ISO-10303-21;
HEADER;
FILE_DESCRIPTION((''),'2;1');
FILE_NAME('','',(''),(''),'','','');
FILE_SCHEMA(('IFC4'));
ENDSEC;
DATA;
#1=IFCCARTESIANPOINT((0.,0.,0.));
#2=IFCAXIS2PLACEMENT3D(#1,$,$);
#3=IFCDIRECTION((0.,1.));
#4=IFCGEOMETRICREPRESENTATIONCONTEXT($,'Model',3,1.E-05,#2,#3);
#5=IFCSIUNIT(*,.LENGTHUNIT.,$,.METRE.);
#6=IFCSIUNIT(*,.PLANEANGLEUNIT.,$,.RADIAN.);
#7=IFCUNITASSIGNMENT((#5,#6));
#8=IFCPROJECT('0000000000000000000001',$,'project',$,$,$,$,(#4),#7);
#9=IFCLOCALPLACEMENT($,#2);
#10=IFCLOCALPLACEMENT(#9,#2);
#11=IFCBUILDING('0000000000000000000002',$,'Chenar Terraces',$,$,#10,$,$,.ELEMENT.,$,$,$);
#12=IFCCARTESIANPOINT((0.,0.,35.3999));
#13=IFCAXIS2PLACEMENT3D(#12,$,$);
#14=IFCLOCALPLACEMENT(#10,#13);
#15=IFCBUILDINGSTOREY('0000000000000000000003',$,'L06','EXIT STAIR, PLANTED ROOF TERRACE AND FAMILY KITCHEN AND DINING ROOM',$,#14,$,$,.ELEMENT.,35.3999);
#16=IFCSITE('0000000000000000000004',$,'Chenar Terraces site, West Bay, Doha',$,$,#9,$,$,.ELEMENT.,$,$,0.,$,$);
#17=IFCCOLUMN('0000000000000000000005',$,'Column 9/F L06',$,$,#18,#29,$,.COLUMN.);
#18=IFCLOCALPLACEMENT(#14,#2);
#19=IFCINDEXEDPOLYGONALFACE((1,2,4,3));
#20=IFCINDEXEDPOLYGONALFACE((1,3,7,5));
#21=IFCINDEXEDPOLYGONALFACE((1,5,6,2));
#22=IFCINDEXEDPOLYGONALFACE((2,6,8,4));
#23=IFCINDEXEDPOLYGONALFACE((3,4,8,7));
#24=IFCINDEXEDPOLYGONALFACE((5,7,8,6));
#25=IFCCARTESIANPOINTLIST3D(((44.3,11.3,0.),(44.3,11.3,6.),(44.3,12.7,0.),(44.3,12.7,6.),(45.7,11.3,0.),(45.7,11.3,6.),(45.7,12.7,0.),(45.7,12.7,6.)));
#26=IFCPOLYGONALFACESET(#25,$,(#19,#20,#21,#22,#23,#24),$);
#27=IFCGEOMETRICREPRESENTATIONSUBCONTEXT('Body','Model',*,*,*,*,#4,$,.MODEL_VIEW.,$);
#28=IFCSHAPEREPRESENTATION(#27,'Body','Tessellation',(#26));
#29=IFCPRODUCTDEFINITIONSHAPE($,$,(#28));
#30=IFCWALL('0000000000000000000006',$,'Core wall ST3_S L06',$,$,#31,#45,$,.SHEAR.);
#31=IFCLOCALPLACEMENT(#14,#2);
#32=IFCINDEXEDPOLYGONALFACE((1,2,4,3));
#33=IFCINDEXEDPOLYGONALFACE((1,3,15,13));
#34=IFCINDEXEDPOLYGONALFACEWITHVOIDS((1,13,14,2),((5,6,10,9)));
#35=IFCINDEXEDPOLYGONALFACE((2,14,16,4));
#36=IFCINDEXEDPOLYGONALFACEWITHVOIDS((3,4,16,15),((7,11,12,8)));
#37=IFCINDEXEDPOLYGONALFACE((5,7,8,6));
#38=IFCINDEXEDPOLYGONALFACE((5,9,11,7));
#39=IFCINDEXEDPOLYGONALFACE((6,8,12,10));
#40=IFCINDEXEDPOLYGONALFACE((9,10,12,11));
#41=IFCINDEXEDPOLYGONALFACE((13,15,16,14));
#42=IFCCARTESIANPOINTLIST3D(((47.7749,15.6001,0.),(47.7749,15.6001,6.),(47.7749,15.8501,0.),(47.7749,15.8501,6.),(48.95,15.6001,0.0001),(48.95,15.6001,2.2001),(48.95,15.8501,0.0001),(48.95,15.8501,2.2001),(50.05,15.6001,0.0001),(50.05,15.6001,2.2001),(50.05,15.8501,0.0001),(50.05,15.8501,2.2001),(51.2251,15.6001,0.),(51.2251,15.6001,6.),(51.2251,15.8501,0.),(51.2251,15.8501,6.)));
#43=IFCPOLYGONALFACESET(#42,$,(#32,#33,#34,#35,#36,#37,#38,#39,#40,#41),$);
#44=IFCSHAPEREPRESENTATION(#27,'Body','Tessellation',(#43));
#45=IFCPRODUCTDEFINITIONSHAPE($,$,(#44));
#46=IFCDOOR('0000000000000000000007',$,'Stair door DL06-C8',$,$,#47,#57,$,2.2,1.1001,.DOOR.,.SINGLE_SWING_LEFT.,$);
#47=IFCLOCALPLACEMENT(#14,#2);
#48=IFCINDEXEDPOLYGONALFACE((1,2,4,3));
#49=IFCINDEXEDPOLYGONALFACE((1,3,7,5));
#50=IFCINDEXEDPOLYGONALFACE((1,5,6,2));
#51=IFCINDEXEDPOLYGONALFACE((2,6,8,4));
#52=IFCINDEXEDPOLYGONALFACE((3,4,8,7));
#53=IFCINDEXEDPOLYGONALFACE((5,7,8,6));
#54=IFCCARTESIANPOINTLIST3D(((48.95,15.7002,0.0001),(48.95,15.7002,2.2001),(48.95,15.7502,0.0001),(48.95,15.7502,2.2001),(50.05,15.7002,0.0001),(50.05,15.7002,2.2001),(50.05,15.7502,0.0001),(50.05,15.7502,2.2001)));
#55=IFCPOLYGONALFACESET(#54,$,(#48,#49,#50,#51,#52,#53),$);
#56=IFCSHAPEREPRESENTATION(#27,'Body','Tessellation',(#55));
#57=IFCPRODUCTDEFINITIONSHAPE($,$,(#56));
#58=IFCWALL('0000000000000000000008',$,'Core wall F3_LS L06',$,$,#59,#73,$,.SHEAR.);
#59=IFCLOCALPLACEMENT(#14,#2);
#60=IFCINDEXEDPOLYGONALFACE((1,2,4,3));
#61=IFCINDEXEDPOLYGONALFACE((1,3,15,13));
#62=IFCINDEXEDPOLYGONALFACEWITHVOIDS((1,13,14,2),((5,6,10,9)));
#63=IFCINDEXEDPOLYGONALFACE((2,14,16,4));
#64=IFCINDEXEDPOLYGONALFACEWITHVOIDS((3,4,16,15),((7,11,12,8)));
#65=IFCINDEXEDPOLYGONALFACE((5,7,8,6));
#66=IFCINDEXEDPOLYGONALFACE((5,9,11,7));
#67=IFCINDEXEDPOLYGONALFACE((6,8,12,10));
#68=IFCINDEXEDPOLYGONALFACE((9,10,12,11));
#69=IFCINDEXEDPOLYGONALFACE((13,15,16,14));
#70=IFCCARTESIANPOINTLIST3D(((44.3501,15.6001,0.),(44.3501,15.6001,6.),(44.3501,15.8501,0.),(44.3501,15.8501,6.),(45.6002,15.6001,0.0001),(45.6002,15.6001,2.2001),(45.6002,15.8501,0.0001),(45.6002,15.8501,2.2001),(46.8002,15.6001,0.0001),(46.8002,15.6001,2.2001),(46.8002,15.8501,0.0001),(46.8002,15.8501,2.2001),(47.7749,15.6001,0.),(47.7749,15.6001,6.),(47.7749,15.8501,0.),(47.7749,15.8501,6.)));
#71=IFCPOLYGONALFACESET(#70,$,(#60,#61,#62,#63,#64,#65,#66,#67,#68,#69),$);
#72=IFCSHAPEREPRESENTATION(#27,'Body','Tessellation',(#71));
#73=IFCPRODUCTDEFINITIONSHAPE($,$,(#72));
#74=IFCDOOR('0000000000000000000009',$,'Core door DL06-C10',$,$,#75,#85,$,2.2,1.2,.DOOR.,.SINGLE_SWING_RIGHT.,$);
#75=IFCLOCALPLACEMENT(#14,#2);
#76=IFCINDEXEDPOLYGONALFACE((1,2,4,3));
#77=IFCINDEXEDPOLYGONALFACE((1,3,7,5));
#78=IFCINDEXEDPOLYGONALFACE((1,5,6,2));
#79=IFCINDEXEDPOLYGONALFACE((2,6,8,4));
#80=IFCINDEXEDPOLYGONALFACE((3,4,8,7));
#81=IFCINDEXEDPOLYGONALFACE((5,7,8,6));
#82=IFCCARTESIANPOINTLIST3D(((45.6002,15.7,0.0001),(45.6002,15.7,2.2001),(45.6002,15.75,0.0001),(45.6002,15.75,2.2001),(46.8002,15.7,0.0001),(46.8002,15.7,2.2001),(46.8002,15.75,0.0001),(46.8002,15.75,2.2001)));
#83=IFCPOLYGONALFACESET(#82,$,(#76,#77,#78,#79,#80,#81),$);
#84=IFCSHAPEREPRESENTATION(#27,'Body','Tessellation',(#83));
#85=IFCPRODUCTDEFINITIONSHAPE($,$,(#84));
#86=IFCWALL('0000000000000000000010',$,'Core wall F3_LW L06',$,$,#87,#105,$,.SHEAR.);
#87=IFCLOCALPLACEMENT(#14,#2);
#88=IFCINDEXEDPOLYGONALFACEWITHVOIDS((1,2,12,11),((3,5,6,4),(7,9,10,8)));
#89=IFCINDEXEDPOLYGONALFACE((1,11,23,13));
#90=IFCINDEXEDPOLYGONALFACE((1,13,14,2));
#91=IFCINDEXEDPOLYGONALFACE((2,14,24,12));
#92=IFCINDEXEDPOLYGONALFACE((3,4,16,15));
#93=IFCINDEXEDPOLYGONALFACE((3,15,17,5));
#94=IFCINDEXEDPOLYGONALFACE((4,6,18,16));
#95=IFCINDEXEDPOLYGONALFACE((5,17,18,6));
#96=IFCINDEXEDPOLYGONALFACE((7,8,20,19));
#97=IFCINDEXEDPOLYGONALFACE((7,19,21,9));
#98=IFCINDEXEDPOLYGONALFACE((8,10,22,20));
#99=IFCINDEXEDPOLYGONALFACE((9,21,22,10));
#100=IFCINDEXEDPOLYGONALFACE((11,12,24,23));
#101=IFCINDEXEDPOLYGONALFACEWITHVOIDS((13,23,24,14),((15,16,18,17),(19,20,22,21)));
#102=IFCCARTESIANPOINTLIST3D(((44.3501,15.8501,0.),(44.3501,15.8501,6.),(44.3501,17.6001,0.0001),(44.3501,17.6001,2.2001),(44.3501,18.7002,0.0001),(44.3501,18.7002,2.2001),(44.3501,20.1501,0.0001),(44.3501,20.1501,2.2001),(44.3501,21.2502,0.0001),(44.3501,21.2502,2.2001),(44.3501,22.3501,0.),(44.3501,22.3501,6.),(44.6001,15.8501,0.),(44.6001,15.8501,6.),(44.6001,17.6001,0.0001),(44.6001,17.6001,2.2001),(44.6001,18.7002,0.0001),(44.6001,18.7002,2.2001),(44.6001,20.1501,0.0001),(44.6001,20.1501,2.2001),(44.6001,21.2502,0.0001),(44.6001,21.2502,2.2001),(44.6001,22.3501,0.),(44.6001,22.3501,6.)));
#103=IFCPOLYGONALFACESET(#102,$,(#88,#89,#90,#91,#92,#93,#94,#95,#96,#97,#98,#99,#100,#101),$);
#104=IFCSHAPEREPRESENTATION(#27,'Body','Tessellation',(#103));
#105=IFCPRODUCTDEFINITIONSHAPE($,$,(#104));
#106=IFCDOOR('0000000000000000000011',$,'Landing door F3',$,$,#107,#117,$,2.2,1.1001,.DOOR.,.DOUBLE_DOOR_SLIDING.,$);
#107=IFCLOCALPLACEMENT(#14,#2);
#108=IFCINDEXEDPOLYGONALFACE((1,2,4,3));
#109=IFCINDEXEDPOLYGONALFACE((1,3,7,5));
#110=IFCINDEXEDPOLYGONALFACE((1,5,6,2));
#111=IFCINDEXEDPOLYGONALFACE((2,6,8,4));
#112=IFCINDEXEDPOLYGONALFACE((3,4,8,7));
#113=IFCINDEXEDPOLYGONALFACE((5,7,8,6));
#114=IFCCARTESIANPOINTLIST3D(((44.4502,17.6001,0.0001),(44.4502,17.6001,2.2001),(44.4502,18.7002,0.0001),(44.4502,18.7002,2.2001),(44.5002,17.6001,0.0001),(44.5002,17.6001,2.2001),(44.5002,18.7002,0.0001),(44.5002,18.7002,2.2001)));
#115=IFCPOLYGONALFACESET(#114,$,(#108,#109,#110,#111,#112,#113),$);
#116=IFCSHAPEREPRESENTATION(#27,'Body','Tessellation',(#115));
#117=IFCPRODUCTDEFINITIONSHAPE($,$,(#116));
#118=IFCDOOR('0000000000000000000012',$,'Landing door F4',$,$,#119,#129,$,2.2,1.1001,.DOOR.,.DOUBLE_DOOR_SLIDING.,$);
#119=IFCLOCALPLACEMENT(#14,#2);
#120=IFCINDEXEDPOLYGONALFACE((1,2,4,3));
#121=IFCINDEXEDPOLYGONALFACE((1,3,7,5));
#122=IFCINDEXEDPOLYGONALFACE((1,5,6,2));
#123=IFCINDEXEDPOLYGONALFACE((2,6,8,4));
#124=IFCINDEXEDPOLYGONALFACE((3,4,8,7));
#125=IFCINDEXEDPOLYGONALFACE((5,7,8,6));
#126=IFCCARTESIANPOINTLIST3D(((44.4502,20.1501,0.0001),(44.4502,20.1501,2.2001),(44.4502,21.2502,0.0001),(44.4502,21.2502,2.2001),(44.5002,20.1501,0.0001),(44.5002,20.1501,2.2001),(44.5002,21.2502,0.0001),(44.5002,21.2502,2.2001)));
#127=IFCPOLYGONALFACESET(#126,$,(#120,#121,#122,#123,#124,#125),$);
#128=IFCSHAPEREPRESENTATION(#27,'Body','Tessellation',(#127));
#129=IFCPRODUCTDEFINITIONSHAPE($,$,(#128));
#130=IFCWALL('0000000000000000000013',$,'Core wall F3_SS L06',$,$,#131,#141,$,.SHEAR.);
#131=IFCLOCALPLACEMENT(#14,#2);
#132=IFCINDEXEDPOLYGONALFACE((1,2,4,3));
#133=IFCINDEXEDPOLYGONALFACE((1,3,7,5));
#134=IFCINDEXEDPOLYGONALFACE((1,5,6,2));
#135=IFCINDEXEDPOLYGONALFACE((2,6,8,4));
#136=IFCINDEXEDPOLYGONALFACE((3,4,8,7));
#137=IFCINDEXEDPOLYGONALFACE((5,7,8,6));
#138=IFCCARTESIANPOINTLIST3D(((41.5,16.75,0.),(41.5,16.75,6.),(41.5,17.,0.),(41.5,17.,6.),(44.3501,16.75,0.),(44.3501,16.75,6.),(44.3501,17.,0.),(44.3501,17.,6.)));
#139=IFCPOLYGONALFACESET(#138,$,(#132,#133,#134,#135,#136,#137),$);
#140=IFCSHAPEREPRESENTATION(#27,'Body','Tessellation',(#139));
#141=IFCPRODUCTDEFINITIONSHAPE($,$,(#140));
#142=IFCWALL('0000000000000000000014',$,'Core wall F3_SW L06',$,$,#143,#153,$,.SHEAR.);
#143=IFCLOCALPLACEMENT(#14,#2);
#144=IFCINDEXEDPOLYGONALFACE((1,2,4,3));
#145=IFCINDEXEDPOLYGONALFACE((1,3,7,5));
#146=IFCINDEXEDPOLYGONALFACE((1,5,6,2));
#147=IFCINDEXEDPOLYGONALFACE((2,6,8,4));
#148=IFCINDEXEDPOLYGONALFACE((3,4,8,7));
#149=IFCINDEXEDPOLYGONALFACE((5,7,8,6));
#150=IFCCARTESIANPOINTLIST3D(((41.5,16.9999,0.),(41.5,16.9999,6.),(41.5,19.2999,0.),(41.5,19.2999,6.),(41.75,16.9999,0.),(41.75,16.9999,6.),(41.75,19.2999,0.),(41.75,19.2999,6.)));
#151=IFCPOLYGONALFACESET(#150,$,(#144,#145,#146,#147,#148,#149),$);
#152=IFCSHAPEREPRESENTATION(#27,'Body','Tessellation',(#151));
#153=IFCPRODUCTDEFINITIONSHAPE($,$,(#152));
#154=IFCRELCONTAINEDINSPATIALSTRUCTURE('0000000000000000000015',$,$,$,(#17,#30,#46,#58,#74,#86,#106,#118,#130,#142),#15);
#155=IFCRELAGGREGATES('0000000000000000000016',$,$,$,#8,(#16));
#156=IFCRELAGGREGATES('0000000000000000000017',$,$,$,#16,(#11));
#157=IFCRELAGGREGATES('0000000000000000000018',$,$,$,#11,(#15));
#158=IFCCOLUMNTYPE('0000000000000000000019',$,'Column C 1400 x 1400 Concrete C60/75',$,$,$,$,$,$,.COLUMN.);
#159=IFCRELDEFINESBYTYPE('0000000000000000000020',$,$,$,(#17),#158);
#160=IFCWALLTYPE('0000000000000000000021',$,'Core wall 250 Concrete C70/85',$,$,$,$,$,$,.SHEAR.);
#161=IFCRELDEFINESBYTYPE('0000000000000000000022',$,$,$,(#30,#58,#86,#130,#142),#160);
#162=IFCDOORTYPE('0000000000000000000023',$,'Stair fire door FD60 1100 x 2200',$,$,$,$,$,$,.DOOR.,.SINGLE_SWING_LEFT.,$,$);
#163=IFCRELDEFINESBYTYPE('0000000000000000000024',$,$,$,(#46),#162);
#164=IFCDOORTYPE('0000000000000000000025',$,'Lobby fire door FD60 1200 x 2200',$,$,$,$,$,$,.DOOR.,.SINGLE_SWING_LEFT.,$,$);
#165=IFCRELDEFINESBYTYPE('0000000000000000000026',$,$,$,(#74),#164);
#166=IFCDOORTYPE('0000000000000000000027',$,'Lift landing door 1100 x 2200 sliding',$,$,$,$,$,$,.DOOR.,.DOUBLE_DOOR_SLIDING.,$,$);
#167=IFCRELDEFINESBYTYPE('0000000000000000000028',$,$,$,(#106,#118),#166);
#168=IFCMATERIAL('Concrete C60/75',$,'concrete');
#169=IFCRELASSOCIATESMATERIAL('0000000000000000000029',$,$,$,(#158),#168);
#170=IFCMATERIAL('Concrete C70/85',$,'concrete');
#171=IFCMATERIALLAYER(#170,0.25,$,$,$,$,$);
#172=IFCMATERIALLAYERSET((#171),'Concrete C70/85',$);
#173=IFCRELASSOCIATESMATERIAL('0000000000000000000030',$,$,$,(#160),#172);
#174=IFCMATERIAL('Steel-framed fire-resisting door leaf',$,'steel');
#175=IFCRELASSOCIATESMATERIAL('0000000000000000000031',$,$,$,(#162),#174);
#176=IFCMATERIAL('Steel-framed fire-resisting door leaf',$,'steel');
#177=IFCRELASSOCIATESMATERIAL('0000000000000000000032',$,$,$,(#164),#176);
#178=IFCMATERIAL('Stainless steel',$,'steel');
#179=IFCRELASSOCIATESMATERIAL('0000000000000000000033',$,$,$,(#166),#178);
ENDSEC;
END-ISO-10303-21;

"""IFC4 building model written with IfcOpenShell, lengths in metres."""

from ifc_helpers import new_model, si_unit, direction, frame, frame_2d, origin, origin_2d, place, context, subcontext, project, spatial, rectangle, extrude, material, layer, layer_set, material_profile, profile_set, type_object, element, fill, save


model = new_model("IFC4")

# Units and contexts
model_context = context("Model", 3, precision=1e-05, world=origin(), true_north=direction((0.0, 1.0)))
body_context = subcontext(model_context, "Body", "Model", "MODEL_VIEW")
ifc_project = project(units=[si_unit("LENGTHUNIT", "METRE"), si_unit("PLANEANGLEUNIT", "RADIAN")], contexts=[model_context])

# Site, building, storey
site_placement = place(None, origin())
site = spatial("IfcSite", under=ifc_project, at=site_placement, Name="Chenar Terraces site, West Bay, Doha", CompositionType="ELEMENT", RefElevation=0.0)
building_placement = place(site_placement, origin())
building = spatial("IfcBuilding", under=site, at=building_placement, Name="Chenar Terraces", CompositionType="ELEMENT")
storey_placement = place(building_placement, frame((0.0, 0.0, 35.3999)))
storey = spatial("IfcBuildingStorey", under=building, at=storey_placement, Name="L06", Description="EXIT STAIR, PLANTED ROOF TERRACE AND FAMILY KITCHEN AND DINING ROOM", CompositionType="ELEMENT", Elevation=35.3999)

# Column
ifc_material_1 = material(Name="Concrete C60/75", Category="concrete")
ifc_material_profile = material_profile(ifc_material_1, rectangle(XDim=1.3999, YDim=1.3999, at=origin_2d()), Name="C 1400 x 1400")
ifc_profile_set = profile_set([ifc_material_profile], Name="Concrete C60/75")
column_type = type_object("IfcColumnType", Name="Column C 1400 x 1400 Concrete C60/75", PredefinedType="COLUMN", material=ifc_profile_set)
column_placement = place(storey_placement, frame((45.0, 12.0, 0.0), z_axis=(0.0, 0.0, 1.0), x_axis=(1.0, 0.0, 0.0)))
element("IfcColumn", 1, at=column_placement, inside=storey, type_object=column_type, Name="Column 9/F L06", PredefinedType="COLUMN", context=body_context, shape_type="SweptSolid", body=[
    extrude(rectangle(XDim=1.3999, YDim=1.3999, at=origin_2d()), origin(), (0.0, 0.0, 1.0), 6.0),
])

# Walls, openings, doors
ifc_material_2 = material(Name="Concrete C70/85", Category="concrete")
ifc_layer_1 = layer(ifc_material_2, 0.25)
ifc_layer_set_1 = layer_set([ifc_layer_1], Name="Concrete C70/85")
wall_type_1 = type_object("IfcWallType", Name="Core wall 250 Concrete C70/85", PredefinedType="SHEAR", material=ifc_layer_set_1)
wall_1_placement = place(storey_placement, frame((47.7749, 15.7251, 0.0), z_axis=(0.0, 0.0, 1.0), x_axis=(1.0, 0.0, 0.0)))
wall_1 = element("IfcWall", 2, at=wall_1_placement, inside=storey, type_object=wall_type_1, Name="Core wall ST3_S L06", PredefinedType="SHEAR", context=body_context, shape_type="SweptSolid", body=[
    extrude(rectangle(XDim=3.4502, YDim=0.25, at=frame_2d((1.7251, 0.0))), origin(), (0.0, 0.0, 1.0), 6.0),
])
opening_1_placement = place(wall_1_placement, frame((1.175, 0.0, 0.0)))
opening_1 = element("IfcOpeningElement", 3, at=opening_1_placement, cuts=wall_1, PredefinedType="OPENING", context=body_context, shape_type="SweptSolid", body=[
    extrude(rectangle(XDim=1.1001, YDim=2.2, at=frame_2d((0.55, 1.1001))), frame((0.0, 0.135, 0.0), z_axis=(0.0, -1.0, 0.0), x_axis=(1.0, 0.0, 0.0)), (0.0, 0.0, 1.0), 0.27),
])
ifc_material_3 = material(Name="Steel-framed fire-resisting door leaf", Category="steel")
door_type_1 = type_object("IfcDoorType", Name="Stair fire door FD60 1100 x 2200", OperationType="SINGLE_SWING_LEFT", PredefinedType="DOOR", material=ifc_material_3)
door_1_placement = place(opening_1_placement, frame((1.1001, 0.0, 0.0), z_axis=(0.0, 0.0, 1.0), x_axis=(-1.0, 0.0, 0.0)))
door_1 = element("IfcDoor", 4, at=door_1_placement, inside=storey, type_object=door_type_1, Name="Stair door DL06-C8", OperationType="SINGLE_SWING_LEFT", OverallHeight=2.2, OverallWidth=1.1001, PredefinedType="DOOR", context=body_context, shape_type="SweptSolid", body=[
    extrude(rectangle(XDim=1.1001, YDim=2.2, at=frame_2d((0.55, 1.1001))), frame((0.0, 0.0249, 0.0), z_axis=(0.0, -1.0, 0.0), x_axis=(1.0, 0.0, 0.0)), (0.0, 0.0, 1.0), 0.05),
])
fill(opening_1, door_1)
wall_2_placement = place(storey_placement, frame((44.3501, 15.7251, 0.0), z_axis=(0.0, 0.0, 1.0), x_axis=(1.0, 0.0, 0.0)))
wall_2 = element("IfcWall", 5, at=wall_2_placement, inside=storey, type_object=wall_type_1, Name="Core wall F3_LS L06", PredefinedType="SHEAR", context=body_context, shape_type="SweptSolid", body=[
    extrude(rectangle(XDim=3.4248, YDim=0.25, at=frame_2d((1.7124, 0.0))), origin(), (0.0, 0.0, 1.0), 6.0),
])
opening_2_placement = place(wall_2_placement, frame((1.25, 0.0, 0.0)))
opening_2 = element("IfcOpeningElement", 6, at=opening_2_placement, cuts=wall_2, PredefinedType="OPENING", context=body_context, shape_type="SweptSolid", body=[
    extrude(rectangle(XDim=1.2, YDim=2.2, at=frame_2d((0.6001, 1.1001))), frame((0.0, 0.135, 0.0), z_axis=(0.0, -1.0, 0.0), x_axis=(1.0, 0.0, 0.0)), (0.0, 0.0, 1.0), 0.27),
])
ifc_material_4 = material(Name="Steel-framed fire-resisting door leaf", Category="steel")
door_type_2 = type_object("IfcDoorType", Name="Lobby fire door FD60 1200 x 2200", OperationType="SINGLE_SWING_LEFT", PredefinedType="DOOR", material=ifc_material_4)
door_2_placement = place(opening_2_placement, origin())
door_2 = element("IfcDoor", 7, at=door_2_placement, inside=storey, type_object=door_type_2, Name="Core door DL06-C10", OperationType="SINGLE_SWING_RIGHT", OverallHeight=2.2, OverallWidth=1.2, PredefinedType="DOOR", context=body_context, shape_type="SweptSolid", body=[
    extrude(rectangle(XDim=1.2, YDim=2.2, at=frame_2d((0.6001, 1.1001))), frame((0.0, 0.0249, 0.0), z_axis=(0.0, -1.0, 0.0), x_axis=(1.0, 0.0, 0.0)), (0.0, 0.0, 1.0), 0.05),
])
fill(opening_2, door_2)

# Wall, openings, doors
wall_3_placement = place(storey_placement, frame((44.4751, 15.8501, 0.0), z_axis=(0.0, 0.0, 1.0), x_axis=(0.0, 1.0, 0.0)))
wall_3 = element("IfcWall", 8, at=wall_3_placement, inside=storey, type_object=wall_type_1, Name="Core wall F3_LW L06", PredefinedType="SHEAR", context=body_context, shape_type="SweptSolid", body=[
    extrude(rectangle(XDim=6.5, YDim=0.25, at=frame_2d((3.25, 0.0))), origin(), (0.0, 0.0, 1.0), 6.0),
])
opening_3_placement = place(wall_3_placement, frame((1.75, 0.0, 0.0)))
opening_3 = element("IfcOpeningElement", 9, at=opening_3_placement, cuts=wall_3, PredefinedType="OPENING", context=body_context, shape_type="SweptSolid", body=[
    extrude(rectangle(XDim=1.1001, YDim=2.2, at=frame_2d((0.55, 1.1001))), frame((0.0, 0.135, 0.0), z_axis=(0.0, -1.0, 0.0), x_axis=(1.0, 0.0, 0.0)), (0.0, 0.0, 1.0), 0.27),
])
opening_4_placement = place(wall_3_placement, frame((4.3, 0.0, 0.0)))
opening_4 = element("IfcOpeningElement", 10, at=opening_4_placement, cuts=wall_3, PredefinedType="OPENING", context=body_context, shape_type="SweptSolid", body=[
    extrude(rectangle(XDim=1.1001, YDim=2.2, at=frame_2d((0.55, 1.1001))), frame((0.0, 0.135, 0.0), z_axis=(0.0, -1.0, 0.0), x_axis=(1.0, 0.0, 0.0)), (0.0, 0.0, 1.0), 0.27),
])
ifc_material_5 = material(Name="Stainless steel", Category="steel")
door_type_3 = type_object("IfcDoorType", Name="Lift landing door 1100 x 2200 sliding", OperationType="DOUBLE_DOOR_SLIDING", PredefinedType="DOOR", material=ifc_material_5)
door_3_placement = place(opening_3_placement, origin())
door_3 = element("IfcDoor", 11, at=door_3_placement, inside=storey, type_object=door_type_3, Name="Landing door F3", OperationType="DOUBLE_DOOR_SLIDING", OverallHeight=2.2, OverallWidth=1.1001, PredefinedType="DOOR", context=body_context, shape_type="SweptSolid", body=[
    extrude(rectangle(XDim=1.1001, YDim=2.2, at=frame_2d((0.55, 1.1001))), frame((0.0, 0.0249, 0.0), z_axis=(0.0, -1.0, 0.0), x_axis=(1.0, 0.0, 0.0)), (0.0, 0.0, 1.0), 0.05),
])
fill(opening_3, door_3)
door_4_placement = place(opening_4_placement, origin())
door_4 = element("IfcDoor", 12, at=door_4_placement, inside=storey, type_object=door_type_3, Name="Landing door F4", OperationType="DOUBLE_DOOR_SLIDING", OverallHeight=2.2, OverallWidth=1.1001, PredefinedType="DOOR", context=body_context, shape_type="SweptSolid", body=[
    extrude(rectangle(XDim=1.1001, YDim=2.2, at=frame_2d((0.55, 1.1001))), frame((0.0, 0.0249, 0.0), z_axis=(0.0, -1.0, 0.0), x_axis=(1.0, 0.0, 0.0)), (0.0, 0.0, 1.0), 0.05),
])
fill(opening_4, door_4)

# Walls
wall_4_placement = place(storey_placement, frame((41.5, 16.875, 0.0), z_axis=(0.0, 0.0, 1.0), x_axis=(1.0, 0.0, 0.0)))
element("IfcWall", 13, at=wall_4_placement, inside=storey, type_object=wall_type_1, Name="Core wall F3_SS L06", PredefinedType="SHEAR", context=body_context, shape_type="SweptSolid", body=[
    extrude(rectangle(XDim=2.8501, YDim=0.25, at=frame_2d((1.425, 0.0))), origin(), (0.0, 0.0, 1.0), 6.0),
])
wall_5_placement = place(storey_placement, frame((41.625, 17.0, 0.0), z_axis=(0.0, 0.0, 1.0), x_axis=(0.0, 1.0, 0.0)))
element("IfcWall", 14, at=wall_5_placement, inside=storey, type_object=wall_type_1, Name="Core wall F3_SW L06", PredefinedType="SHEAR", context=body_context, shape_type="SweptSolid", body=[
    extrude(rectangle(XDim=2.3, YDim=0.25, at=frame_2d((1.1499, 0.0))), origin(), (0.0, 0.0, 1.0), 6.0),
])

save(model, "model.ifc")
